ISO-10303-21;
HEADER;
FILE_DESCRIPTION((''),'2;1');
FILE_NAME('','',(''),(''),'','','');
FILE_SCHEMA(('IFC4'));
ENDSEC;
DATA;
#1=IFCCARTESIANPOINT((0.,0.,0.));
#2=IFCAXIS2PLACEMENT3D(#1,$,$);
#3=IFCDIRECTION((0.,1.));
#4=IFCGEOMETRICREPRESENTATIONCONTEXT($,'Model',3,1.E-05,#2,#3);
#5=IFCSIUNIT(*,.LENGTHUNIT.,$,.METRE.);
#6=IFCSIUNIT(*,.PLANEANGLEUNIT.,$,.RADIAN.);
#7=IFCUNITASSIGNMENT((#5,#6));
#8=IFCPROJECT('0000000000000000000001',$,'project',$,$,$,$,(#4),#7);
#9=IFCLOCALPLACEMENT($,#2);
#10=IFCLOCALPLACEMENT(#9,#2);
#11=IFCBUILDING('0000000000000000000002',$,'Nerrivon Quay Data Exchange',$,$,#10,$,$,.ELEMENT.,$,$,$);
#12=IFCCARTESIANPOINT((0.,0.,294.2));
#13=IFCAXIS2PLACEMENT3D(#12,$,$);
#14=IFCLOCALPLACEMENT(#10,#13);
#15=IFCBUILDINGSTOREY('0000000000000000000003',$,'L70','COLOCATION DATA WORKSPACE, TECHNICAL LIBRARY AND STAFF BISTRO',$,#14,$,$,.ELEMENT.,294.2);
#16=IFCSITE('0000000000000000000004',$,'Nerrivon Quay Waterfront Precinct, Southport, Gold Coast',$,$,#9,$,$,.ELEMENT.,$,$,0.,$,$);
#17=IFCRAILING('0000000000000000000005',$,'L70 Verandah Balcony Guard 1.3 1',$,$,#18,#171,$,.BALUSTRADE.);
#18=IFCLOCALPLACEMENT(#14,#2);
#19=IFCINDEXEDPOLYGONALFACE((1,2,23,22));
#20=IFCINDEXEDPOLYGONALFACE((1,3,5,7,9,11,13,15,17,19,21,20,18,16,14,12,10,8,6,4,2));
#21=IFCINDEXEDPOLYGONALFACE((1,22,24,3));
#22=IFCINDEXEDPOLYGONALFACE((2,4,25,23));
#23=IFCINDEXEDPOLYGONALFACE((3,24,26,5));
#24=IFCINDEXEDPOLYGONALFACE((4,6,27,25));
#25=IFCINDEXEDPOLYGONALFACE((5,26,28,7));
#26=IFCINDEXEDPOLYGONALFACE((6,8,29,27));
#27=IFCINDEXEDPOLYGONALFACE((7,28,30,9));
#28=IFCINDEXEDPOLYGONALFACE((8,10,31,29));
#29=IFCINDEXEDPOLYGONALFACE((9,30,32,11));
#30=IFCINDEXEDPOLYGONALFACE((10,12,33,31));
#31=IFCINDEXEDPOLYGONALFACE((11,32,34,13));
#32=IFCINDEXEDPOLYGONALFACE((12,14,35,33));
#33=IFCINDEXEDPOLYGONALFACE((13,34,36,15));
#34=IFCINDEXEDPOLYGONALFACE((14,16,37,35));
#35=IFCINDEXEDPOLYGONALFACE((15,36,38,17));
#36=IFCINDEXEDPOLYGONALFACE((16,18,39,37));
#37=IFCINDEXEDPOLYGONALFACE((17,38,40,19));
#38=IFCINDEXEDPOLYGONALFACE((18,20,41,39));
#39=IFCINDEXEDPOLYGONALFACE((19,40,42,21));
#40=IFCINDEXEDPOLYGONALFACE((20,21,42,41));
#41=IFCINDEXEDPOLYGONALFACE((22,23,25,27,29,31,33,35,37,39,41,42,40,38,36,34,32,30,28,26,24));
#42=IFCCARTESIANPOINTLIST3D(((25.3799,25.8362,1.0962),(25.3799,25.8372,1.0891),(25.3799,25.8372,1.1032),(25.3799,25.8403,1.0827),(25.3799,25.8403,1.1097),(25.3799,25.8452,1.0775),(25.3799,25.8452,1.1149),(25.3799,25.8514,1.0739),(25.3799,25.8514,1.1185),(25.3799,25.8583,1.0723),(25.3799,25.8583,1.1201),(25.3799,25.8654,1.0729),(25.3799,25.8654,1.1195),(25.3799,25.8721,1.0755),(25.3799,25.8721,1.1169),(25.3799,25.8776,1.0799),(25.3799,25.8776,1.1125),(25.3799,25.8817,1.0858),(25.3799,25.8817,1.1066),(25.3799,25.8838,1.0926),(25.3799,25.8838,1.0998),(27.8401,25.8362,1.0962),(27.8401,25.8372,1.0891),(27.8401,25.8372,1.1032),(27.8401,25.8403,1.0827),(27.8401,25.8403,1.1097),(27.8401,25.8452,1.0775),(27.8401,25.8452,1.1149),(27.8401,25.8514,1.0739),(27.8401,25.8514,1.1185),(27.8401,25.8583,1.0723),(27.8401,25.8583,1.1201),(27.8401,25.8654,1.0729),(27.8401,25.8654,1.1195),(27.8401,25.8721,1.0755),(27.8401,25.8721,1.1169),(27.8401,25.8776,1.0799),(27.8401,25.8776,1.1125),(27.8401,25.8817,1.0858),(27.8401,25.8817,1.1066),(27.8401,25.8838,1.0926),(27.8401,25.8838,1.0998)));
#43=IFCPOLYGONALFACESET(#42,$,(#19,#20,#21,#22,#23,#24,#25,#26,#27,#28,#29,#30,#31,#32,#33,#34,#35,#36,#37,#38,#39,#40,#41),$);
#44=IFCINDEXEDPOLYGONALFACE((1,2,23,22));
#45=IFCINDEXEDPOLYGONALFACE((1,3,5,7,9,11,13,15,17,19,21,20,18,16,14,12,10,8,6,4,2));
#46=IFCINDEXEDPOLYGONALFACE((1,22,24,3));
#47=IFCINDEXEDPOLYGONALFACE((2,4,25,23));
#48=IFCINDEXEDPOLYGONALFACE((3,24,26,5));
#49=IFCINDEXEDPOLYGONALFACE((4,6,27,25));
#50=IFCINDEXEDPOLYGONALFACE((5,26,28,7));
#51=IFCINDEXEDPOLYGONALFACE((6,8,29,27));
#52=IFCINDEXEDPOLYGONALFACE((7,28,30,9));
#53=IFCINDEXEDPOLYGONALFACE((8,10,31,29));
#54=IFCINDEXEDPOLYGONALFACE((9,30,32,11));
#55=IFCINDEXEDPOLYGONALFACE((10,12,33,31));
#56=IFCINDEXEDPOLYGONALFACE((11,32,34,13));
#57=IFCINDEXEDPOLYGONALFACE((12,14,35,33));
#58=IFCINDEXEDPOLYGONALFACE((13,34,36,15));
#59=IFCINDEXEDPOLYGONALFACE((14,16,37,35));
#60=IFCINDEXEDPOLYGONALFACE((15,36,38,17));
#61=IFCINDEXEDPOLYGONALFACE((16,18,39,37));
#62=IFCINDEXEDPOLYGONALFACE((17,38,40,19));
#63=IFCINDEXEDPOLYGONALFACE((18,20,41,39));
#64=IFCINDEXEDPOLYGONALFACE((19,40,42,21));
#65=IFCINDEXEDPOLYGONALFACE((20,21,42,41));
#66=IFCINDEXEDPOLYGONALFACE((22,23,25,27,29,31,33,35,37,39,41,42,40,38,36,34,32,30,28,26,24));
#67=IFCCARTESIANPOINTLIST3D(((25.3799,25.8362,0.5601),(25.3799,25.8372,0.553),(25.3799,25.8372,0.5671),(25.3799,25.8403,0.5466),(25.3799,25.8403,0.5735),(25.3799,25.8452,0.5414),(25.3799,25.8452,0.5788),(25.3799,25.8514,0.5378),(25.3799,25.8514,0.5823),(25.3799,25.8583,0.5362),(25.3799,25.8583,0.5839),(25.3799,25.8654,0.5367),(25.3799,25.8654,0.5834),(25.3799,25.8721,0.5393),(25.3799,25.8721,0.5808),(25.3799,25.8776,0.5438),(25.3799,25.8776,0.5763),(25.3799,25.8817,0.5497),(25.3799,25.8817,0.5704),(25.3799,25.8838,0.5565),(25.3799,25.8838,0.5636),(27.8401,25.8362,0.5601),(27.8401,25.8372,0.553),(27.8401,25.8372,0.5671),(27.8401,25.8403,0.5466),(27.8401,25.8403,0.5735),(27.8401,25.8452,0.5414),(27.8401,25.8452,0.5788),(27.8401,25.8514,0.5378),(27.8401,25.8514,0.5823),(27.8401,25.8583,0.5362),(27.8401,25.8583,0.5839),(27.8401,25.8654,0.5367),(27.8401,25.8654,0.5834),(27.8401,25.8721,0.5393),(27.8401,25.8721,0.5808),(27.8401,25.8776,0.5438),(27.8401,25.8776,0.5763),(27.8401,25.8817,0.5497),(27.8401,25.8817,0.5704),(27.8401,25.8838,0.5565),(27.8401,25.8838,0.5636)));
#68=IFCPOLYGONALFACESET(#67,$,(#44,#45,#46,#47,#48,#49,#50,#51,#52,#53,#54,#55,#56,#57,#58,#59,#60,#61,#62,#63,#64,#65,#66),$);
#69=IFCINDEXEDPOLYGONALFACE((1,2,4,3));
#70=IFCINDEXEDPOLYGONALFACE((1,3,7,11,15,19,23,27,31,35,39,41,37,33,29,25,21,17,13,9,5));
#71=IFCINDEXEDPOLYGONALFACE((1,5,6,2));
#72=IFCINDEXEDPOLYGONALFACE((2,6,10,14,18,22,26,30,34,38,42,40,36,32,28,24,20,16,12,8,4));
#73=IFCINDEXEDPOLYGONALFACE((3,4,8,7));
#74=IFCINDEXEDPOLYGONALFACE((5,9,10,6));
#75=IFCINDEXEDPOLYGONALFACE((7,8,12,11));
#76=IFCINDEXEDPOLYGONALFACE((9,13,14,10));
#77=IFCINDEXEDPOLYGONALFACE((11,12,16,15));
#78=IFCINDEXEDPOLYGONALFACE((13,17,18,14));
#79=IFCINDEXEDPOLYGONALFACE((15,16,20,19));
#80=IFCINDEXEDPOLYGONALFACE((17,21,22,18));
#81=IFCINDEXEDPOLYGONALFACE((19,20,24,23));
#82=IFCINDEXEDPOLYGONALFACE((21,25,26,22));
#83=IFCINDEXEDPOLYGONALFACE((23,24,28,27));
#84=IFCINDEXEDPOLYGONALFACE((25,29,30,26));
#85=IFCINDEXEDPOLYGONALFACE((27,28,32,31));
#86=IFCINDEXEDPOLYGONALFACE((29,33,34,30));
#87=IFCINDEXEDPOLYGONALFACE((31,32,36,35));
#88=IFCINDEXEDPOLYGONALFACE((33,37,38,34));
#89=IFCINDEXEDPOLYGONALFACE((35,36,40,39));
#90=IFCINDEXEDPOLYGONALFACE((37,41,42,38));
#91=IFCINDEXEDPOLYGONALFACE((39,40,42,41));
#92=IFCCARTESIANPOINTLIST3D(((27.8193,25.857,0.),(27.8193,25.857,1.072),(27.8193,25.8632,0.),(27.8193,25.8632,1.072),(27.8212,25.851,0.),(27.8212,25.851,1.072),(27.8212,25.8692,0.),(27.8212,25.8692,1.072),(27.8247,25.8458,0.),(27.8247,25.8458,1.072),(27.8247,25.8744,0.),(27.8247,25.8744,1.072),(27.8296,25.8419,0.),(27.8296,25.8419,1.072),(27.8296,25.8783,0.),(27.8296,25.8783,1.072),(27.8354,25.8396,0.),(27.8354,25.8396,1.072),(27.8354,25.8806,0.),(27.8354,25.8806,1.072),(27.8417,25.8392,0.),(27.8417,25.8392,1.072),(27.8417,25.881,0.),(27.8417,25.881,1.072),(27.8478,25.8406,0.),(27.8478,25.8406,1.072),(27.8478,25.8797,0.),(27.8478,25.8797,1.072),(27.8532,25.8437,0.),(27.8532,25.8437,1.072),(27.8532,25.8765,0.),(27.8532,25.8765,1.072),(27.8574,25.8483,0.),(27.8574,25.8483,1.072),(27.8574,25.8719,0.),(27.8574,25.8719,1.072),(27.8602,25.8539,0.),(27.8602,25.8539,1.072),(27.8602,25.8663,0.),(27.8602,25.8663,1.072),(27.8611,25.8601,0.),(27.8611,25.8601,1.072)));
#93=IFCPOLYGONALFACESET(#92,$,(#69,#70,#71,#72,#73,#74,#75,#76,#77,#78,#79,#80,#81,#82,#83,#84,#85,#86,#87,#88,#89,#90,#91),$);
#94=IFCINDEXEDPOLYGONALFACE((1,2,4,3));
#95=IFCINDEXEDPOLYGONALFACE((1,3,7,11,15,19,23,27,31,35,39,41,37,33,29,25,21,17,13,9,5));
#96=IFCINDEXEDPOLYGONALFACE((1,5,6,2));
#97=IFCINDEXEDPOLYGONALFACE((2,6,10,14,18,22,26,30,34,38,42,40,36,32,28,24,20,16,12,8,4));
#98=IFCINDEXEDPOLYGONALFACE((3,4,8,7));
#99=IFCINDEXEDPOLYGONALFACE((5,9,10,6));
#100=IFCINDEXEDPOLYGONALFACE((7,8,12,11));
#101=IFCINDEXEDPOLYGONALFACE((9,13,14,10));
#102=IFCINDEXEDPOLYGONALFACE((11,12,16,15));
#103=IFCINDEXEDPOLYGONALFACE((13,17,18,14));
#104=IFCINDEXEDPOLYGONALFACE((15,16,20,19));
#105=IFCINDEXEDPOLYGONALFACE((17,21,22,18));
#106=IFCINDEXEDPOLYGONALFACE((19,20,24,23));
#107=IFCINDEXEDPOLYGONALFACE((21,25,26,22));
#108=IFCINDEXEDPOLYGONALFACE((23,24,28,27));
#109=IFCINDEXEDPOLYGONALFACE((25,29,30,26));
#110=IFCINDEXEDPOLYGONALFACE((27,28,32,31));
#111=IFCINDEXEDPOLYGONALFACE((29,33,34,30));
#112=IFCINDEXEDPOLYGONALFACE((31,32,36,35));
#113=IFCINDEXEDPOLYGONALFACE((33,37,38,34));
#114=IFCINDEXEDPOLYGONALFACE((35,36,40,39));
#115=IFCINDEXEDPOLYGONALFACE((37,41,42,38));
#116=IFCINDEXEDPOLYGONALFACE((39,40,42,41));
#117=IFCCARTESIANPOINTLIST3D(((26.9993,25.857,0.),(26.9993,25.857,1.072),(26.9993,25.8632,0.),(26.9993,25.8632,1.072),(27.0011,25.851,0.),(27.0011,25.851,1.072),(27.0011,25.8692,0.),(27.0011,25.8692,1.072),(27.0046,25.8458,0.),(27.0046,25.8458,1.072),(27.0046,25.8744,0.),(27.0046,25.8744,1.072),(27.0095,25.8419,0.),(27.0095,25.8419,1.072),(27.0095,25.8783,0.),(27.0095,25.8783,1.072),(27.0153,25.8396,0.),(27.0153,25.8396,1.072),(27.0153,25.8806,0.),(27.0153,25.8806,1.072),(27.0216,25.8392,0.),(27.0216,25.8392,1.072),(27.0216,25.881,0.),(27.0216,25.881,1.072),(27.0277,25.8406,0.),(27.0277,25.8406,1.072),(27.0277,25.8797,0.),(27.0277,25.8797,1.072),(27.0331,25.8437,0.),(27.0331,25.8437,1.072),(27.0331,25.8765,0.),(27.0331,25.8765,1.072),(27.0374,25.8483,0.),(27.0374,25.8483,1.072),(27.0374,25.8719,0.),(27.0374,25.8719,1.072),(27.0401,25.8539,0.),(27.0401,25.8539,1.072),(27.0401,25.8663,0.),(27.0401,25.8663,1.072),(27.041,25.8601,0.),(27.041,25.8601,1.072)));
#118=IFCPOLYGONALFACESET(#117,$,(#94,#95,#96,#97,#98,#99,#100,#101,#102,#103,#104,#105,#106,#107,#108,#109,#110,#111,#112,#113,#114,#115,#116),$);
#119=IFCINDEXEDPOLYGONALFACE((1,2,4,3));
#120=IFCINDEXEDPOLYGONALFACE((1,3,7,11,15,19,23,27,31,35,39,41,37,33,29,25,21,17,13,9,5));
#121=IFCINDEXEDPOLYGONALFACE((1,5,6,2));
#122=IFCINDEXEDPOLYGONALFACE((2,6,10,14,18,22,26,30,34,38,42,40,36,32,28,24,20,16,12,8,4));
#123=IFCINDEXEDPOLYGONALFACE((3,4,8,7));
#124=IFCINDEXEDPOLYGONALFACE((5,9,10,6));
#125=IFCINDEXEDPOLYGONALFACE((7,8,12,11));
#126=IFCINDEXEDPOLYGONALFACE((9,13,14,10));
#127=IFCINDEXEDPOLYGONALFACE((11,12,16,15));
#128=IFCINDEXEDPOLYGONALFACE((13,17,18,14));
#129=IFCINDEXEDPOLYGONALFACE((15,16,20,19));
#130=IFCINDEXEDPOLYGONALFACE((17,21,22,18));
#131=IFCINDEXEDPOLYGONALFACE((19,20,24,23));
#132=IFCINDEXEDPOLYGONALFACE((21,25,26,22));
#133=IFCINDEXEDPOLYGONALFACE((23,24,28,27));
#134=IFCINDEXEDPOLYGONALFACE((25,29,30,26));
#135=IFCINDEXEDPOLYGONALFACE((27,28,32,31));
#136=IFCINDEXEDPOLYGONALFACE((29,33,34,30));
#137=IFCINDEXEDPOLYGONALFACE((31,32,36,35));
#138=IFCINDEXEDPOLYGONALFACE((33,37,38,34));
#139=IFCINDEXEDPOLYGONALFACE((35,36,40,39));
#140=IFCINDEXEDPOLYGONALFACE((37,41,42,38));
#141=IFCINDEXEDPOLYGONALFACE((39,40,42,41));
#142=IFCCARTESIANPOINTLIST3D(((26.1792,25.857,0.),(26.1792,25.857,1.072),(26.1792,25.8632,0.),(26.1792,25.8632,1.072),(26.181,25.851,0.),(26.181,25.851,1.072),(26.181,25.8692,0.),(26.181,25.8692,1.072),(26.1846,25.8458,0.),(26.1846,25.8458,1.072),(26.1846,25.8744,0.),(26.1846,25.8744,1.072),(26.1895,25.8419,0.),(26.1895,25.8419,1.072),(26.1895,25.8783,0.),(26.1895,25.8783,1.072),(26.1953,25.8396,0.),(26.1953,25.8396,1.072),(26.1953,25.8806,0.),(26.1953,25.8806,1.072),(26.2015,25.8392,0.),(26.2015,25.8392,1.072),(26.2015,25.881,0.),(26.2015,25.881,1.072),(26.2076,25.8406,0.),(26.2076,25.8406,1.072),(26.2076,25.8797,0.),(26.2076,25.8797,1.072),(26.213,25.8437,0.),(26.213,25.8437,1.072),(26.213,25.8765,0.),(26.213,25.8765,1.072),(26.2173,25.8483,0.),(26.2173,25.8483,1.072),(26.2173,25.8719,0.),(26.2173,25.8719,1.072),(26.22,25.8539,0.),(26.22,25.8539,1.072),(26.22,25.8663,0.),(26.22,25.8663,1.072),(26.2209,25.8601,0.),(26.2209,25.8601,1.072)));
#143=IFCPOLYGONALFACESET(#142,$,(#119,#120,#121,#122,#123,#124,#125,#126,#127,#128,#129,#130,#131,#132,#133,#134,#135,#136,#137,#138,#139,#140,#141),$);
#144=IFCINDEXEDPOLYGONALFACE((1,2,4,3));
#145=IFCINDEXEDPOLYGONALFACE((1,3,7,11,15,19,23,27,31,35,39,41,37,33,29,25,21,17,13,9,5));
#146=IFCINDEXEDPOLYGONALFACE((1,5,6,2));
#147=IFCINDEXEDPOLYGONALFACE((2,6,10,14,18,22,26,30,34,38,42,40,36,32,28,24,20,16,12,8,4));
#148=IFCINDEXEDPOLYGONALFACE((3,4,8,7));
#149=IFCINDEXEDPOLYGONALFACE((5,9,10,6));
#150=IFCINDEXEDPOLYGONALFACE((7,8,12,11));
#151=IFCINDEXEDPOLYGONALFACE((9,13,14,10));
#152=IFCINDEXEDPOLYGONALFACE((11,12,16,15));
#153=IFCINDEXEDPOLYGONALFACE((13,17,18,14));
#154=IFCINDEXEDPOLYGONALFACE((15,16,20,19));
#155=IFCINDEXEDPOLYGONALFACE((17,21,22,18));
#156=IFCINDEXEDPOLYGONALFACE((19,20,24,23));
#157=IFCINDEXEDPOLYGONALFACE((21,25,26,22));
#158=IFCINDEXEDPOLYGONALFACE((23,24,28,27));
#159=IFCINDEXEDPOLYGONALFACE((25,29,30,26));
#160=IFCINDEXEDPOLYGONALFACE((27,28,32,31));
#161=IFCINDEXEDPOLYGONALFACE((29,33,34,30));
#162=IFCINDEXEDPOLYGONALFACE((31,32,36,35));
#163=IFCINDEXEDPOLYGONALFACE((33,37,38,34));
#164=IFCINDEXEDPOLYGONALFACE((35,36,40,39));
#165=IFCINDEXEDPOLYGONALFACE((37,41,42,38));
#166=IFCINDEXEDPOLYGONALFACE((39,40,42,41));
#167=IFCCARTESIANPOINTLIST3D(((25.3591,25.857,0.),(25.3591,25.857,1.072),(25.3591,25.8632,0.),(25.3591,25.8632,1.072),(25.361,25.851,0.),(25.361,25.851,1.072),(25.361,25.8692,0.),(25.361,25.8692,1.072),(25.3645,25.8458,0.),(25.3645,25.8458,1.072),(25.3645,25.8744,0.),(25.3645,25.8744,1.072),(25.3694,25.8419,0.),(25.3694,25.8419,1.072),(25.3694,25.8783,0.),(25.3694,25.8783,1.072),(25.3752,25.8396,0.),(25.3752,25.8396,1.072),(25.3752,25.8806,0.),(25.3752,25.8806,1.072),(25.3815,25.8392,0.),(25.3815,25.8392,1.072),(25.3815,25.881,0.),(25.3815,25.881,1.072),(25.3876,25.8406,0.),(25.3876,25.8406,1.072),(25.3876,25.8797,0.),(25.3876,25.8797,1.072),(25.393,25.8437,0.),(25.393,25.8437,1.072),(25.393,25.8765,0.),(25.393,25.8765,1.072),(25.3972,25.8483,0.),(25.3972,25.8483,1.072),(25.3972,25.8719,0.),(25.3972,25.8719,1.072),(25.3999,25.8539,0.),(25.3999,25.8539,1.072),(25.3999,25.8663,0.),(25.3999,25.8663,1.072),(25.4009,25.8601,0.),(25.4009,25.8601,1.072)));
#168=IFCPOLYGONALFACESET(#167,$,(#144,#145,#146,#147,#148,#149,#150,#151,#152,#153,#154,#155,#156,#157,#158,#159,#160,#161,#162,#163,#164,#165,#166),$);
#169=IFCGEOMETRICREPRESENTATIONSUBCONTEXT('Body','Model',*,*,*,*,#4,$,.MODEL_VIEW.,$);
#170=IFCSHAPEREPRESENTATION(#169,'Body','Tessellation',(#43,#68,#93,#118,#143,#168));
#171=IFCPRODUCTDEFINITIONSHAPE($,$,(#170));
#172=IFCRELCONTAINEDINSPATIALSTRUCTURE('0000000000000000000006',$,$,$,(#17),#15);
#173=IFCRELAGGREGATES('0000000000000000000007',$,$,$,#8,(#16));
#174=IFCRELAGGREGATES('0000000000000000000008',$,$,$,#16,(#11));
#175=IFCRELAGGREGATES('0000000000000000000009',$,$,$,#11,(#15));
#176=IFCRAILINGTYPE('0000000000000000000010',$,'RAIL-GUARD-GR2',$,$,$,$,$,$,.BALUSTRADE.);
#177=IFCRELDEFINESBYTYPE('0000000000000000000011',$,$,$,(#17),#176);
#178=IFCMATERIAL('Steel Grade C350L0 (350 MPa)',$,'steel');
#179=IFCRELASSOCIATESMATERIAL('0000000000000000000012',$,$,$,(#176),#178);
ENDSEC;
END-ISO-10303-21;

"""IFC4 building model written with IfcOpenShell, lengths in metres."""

from ifc_helpers import new_model, si_unit, direction, frame, origin, origin_2d, place, context, subcontext, project, spatial, circle, extrude, material, type_object, element, save


model = new_model("IFC4")

# Units and contexts
model_context = context("Model", 3, precision=1e-05, world=origin(), true_north=direction((0.0, 1.0)))
body_context = subcontext(model_context, "Body", "Model", "MODEL_VIEW")
ifc_project = project(units=[si_unit("LENGTHUNIT", "METRE"), si_unit("PLANEANGLEUNIT", "RADIAN")], contexts=[model_context])

# Site, building, storey
site_placement = place(None, origin())
site = spatial("IfcSite", under=ifc_project, at=site_placement, Name="Nerrivon Quay Waterfront Precinct, Southport, Gold Coast", CompositionType="ELEMENT", RefElevation=0.0)
building_placement = place(site_placement, origin())
building = spatial("IfcBuilding", under=site, at=building_placement, Name="Nerrivon Quay Data Exchange", CompositionType="ELEMENT")
storey_placement = place(building_placement, frame((0.0, 0.0, 294.2)))
storey = spatial("IfcBuildingStorey", under=building, at=storey_placement, Name="L70", Description="COLOCATION DATA WORKSPACE, TECHNICAL LIBRARY AND STAFF BISTRO", CompositionType="ELEMENT", Elevation=294.2)

# Shared definitions
ifc_material_1 = material(Name="Steel Grade C350L0 (350 MPa)", Category="steel")

# Railing
railing_type = type_object("IfcRailingType", Name="RAIL-GUARD-GR2", PredefinedType="BALUSTRADE", material=ifc_material_1)
railing_1_placement = place(storey_placement, frame((27.8401, 25.8601, 0.0)))
element("IfcRailing", 1, at=railing_1_placement, inside=storey, type_object=railing_type, Name="L70 Verandah Balcony Guard 1.3 1", PredefinedType="BALUSTRADE", context=body_context, shape_type="SweptSolid", body=[
    extrude(circle(Radius=0.0239, at=origin_2d()), frame((0.0, 0.0, 1.0962), z_axis=(-1.0, 0.0, 0.0), x_axis=(0.0, -1.0, 0.0)), (0.0, 0.0, 1.0), 2.4602),
    extrude(circle(Radius=0.0239, at=origin_2d()), frame((0.0, 0.0, 0.5601), z_axis=(-1.0, 0.0, 0.0), x_axis=(0.0, -1.0, 0.0)), (0.0, 0.0, 1.0), 2.4602),
    extrude(circle(Radius=0.021, at=origin_2d()), origin(), (0.0, 0.0, 1.0), 1.072),
    extrude(circle(Radius=0.021, at=origin_2d()), frame((-0.8201, 0.0, 0.0)), (0.0, 0.0, 1.0), 1.072),
    extrude(circle(Radius=0.021, at=origin_2d()), frame((-1.6401, 0.0, 0.0)), (0.0, 0.0, 1.0), 1.072),
    extrude(circle(Radius=0.021, at=origin_2d()), frame((-2.4602, 0.0, 0.0)), (0.0, 0.0, 1.0), 1.072),
])

save(model, "model.ifc")
